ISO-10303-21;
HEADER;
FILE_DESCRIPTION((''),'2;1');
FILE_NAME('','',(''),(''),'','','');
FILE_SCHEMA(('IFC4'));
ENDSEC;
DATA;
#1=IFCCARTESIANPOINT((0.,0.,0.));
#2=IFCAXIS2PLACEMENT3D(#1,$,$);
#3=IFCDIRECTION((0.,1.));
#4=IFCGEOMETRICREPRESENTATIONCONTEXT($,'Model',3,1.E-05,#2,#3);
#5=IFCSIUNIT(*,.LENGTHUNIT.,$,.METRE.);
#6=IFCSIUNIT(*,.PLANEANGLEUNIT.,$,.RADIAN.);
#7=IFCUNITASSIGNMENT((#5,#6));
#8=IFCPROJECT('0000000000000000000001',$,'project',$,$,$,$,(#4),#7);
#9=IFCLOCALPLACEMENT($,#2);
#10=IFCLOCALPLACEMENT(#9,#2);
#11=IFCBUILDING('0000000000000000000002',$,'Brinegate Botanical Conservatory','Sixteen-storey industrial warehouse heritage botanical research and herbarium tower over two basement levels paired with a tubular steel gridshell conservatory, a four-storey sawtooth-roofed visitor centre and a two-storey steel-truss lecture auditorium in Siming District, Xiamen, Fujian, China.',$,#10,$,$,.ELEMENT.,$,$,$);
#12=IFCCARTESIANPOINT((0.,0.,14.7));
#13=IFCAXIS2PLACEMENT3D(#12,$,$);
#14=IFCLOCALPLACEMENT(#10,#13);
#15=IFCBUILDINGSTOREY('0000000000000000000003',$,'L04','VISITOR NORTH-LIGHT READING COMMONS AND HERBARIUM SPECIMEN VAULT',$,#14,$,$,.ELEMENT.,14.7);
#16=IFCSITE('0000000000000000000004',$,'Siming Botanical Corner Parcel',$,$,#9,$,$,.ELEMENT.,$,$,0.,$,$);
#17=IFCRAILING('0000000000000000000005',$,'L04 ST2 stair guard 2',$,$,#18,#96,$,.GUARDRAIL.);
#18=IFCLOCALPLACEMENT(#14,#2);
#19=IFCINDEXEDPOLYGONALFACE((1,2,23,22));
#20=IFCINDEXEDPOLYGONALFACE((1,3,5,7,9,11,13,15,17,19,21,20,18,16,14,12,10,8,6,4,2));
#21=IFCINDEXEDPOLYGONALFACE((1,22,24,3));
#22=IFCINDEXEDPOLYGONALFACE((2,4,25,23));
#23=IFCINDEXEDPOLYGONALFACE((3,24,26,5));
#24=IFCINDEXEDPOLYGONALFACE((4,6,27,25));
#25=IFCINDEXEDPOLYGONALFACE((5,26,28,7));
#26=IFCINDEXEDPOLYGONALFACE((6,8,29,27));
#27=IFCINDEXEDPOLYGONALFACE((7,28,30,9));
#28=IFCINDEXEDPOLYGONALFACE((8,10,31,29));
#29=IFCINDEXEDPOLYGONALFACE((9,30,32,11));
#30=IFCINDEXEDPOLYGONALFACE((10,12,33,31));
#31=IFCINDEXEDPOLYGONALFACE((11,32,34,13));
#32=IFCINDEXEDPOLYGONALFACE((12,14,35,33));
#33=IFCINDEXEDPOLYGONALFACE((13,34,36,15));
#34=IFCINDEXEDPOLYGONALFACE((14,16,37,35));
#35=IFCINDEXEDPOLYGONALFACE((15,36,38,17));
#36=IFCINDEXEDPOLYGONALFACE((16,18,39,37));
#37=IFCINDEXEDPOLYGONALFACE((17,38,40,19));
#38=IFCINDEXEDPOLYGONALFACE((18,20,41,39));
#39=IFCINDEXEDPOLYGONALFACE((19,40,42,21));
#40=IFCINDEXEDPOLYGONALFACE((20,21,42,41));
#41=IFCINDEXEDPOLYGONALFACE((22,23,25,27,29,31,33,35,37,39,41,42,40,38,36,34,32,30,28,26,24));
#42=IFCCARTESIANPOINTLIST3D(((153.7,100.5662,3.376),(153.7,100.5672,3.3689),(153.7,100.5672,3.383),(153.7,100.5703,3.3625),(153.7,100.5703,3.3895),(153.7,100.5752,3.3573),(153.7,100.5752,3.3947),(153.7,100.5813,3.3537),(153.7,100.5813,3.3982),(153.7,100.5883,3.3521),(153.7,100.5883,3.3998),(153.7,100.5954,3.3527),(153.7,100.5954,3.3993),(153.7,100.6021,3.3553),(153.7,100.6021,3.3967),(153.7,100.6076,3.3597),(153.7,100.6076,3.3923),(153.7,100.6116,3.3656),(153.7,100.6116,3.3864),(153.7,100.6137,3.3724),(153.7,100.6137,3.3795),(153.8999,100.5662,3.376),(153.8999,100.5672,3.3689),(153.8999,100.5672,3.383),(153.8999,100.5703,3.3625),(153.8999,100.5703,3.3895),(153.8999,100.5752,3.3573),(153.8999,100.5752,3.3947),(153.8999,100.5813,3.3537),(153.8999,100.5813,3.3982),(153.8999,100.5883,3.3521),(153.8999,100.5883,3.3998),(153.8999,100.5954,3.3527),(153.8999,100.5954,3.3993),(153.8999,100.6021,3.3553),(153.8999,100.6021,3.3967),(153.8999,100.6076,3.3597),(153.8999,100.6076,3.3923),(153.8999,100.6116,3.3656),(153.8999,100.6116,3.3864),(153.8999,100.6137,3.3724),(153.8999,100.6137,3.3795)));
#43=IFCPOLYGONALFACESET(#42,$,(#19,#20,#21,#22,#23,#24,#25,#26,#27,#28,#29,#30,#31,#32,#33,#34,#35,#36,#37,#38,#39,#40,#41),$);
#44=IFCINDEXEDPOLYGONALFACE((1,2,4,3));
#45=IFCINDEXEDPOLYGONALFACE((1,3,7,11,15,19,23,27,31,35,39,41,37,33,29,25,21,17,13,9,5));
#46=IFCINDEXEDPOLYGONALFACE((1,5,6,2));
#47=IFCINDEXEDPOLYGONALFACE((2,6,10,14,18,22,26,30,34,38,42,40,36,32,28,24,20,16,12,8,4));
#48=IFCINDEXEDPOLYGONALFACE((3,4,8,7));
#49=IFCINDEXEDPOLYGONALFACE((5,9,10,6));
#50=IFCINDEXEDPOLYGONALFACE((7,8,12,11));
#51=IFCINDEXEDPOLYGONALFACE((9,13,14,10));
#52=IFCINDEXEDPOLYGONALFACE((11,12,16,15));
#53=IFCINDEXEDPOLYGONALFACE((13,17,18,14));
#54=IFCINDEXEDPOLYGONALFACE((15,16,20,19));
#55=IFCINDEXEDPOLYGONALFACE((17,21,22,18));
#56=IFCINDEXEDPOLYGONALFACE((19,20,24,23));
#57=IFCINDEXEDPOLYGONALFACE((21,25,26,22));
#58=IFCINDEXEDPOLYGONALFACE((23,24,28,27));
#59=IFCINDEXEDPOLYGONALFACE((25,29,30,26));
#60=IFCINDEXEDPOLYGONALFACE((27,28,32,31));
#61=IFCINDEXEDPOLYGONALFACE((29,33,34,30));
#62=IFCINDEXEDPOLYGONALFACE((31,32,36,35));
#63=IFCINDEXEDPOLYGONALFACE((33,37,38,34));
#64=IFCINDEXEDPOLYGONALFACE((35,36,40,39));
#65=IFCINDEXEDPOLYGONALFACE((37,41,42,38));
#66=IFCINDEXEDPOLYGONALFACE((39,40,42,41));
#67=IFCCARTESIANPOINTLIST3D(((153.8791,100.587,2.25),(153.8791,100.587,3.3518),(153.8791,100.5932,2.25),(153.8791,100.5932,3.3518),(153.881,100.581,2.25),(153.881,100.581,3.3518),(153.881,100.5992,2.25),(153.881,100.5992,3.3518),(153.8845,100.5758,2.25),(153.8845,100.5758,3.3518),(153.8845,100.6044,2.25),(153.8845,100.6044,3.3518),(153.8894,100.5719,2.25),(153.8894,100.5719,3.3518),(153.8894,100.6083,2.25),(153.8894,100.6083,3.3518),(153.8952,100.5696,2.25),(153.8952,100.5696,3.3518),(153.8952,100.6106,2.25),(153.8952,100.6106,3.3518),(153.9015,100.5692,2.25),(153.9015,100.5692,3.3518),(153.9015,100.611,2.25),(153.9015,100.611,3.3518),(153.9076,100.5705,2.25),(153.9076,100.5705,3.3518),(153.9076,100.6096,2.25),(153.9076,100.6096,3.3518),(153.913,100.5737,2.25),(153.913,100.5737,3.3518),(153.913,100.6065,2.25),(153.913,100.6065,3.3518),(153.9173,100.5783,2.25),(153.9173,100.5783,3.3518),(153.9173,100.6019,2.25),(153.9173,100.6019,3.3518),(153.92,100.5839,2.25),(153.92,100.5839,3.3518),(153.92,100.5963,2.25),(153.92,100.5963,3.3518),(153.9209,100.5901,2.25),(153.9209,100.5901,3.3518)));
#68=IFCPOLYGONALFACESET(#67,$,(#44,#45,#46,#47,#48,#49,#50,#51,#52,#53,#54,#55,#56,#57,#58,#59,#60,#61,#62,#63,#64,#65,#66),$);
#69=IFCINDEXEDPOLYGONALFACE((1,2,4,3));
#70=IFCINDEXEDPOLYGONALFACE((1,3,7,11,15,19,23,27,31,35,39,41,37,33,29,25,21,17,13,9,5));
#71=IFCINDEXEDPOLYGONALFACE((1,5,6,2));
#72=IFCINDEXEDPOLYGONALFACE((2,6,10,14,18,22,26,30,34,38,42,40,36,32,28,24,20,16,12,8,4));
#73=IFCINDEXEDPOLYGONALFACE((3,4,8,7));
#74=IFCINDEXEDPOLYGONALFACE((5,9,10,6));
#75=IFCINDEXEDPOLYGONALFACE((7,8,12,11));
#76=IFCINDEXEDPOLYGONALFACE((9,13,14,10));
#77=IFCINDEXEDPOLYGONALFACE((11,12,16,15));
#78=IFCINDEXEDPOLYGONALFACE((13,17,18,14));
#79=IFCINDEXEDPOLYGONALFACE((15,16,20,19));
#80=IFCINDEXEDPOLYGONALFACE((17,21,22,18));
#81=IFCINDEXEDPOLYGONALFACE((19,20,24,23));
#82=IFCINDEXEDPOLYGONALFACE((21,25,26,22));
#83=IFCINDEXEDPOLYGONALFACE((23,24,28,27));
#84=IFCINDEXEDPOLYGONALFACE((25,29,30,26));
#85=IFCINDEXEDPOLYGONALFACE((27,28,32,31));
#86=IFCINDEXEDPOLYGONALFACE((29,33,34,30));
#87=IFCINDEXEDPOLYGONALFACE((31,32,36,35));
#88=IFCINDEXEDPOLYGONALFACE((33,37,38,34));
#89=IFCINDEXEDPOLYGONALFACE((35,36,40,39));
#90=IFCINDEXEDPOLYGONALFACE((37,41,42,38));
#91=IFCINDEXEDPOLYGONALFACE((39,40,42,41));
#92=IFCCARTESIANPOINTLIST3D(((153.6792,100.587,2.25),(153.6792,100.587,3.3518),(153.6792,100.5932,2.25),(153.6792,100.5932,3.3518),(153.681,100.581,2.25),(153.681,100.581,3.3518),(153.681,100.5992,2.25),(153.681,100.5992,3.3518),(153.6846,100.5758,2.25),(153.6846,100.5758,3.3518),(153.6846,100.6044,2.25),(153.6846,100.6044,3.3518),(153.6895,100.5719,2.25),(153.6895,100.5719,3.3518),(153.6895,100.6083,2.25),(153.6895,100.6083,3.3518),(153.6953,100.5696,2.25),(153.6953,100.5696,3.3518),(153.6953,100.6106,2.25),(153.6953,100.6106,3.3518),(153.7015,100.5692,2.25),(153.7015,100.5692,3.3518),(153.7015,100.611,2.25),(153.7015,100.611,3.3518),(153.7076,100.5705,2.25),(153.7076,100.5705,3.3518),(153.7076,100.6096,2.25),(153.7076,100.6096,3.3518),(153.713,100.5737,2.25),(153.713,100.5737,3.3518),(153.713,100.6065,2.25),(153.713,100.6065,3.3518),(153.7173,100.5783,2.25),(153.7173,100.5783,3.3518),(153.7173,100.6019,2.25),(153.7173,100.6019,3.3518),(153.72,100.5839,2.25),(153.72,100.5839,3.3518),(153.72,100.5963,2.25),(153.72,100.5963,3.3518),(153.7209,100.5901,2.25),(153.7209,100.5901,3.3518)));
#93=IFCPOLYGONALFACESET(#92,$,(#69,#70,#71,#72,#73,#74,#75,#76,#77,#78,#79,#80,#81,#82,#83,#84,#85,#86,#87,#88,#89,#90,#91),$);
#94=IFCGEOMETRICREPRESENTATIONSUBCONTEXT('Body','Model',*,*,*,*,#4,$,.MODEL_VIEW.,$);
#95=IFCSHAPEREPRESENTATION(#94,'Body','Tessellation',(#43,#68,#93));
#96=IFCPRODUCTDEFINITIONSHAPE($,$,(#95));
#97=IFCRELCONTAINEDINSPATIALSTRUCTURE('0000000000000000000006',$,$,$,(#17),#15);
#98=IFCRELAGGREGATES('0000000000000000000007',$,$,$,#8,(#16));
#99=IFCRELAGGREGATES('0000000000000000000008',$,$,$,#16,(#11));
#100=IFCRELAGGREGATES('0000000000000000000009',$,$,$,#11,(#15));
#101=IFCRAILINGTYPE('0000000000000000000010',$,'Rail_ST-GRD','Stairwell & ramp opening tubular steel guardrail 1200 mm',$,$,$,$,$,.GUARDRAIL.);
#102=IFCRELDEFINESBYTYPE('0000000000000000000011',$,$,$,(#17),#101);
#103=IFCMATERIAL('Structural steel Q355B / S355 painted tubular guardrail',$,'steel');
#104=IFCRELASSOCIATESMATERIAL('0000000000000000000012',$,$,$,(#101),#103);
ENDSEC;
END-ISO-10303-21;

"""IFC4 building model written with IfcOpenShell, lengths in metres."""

from ifc_helpers import new_model, si_unit, direction, frame, origin, origin_2d, place, context, subcontext, project, spatial, circle, extrude, material, type_object, element, save


model = new_model("IFC4")

# Units and contexts
model_context = context("Model", 3, precision=1e-05, world=origin(), true_north=direction((0.0, 1.0)))
body_context = subcontext(model_context, "Body", "Model", "MODEL_VIEW")
ifc_project = project(units=[si_unit("LENGTHUNIT", "METRE"), si_unit("PLANEANGLEUNIT", "RADIAN")], contexts=[model_context])

# Site, building, storey
site_placement = place(None, origin())
site = spatial("IfcSite", under=ifc_project, at=site_placement, Name="Siming Botanical Corner Parcel", CompositionType="ELEMENT", RefElevation=0.0)
building_placement = place(site_placement, origin())
building = spatial("IfcBuilding", under=site, at=building_placement, Name="Brinegate Botanical Conservatory", Description="Sixteen-storey industrial warehouse heritage botanical research and herbarium tower over two basement levels paired with a tubular steel gridshell conservatory, a four-storey sawtooth-roofed visitor centre and a two-storey steel-truss lecture auditorium in Siming District, Xiamen, Fujian, China.", CompositionType="ELEMENT")
storey_placement = place(building_placement, frame((0.0, 0.0, 14.7)))
storey = spatial("IfcBuildingStorey", under=building, at=storey_placement, Name="L04", Description="VISITOR NORTH-LIGHT READING COMMONS AND HERBARIUM SPECIMEN VAULT", CompositionType="ELEMENT", Elevation=14.7)

# Railing
ifc_material_1 = material(Name="Structural steel Q355B / S355 painted tubular guardrail", Category="steel")
railing_type_1 = type_object("IfcRailingType", Name="Rail_ST-GRD", Description="Stairwell & ramp opening tubular steel guardrail 1200 mm", PredefinedType="GUARDRAIL", material=ifc_material_1)
railing_1_placement = place(storey_placement, frame((153.8999, 100.5901, 2.25)))
element("IfcRailing", 1, at=railing_1_placement, inside=storey, type_object=railing_type_1, Name="L04 ST2 stair guard 2", PredefinedType="GUARDRAIL", context=body_context, shape_type="SweptSolid", body=[
    extrude(circle(Radius=0.0239, at=origin_2d()), frame((0.0, 0.0, 1.126), z_axis=(-1.0, 0.0, 0.0), x_axis=(0.0, -1.0, 0.0)), (0.0, 0.0, 1.0), 0.2),
    extrude(circle(Radius=0.021, at=origin_2d()), origin(), (0.0, 0.0, 1.0), 1.1018),
    extrude(circle(Radius=0.021, at=origin_2d()), frame((-0.2, 0.0, 0.0)), (0.0, 0.0, 1.0), 1.1018),
])

save(model, "model.ifc")
